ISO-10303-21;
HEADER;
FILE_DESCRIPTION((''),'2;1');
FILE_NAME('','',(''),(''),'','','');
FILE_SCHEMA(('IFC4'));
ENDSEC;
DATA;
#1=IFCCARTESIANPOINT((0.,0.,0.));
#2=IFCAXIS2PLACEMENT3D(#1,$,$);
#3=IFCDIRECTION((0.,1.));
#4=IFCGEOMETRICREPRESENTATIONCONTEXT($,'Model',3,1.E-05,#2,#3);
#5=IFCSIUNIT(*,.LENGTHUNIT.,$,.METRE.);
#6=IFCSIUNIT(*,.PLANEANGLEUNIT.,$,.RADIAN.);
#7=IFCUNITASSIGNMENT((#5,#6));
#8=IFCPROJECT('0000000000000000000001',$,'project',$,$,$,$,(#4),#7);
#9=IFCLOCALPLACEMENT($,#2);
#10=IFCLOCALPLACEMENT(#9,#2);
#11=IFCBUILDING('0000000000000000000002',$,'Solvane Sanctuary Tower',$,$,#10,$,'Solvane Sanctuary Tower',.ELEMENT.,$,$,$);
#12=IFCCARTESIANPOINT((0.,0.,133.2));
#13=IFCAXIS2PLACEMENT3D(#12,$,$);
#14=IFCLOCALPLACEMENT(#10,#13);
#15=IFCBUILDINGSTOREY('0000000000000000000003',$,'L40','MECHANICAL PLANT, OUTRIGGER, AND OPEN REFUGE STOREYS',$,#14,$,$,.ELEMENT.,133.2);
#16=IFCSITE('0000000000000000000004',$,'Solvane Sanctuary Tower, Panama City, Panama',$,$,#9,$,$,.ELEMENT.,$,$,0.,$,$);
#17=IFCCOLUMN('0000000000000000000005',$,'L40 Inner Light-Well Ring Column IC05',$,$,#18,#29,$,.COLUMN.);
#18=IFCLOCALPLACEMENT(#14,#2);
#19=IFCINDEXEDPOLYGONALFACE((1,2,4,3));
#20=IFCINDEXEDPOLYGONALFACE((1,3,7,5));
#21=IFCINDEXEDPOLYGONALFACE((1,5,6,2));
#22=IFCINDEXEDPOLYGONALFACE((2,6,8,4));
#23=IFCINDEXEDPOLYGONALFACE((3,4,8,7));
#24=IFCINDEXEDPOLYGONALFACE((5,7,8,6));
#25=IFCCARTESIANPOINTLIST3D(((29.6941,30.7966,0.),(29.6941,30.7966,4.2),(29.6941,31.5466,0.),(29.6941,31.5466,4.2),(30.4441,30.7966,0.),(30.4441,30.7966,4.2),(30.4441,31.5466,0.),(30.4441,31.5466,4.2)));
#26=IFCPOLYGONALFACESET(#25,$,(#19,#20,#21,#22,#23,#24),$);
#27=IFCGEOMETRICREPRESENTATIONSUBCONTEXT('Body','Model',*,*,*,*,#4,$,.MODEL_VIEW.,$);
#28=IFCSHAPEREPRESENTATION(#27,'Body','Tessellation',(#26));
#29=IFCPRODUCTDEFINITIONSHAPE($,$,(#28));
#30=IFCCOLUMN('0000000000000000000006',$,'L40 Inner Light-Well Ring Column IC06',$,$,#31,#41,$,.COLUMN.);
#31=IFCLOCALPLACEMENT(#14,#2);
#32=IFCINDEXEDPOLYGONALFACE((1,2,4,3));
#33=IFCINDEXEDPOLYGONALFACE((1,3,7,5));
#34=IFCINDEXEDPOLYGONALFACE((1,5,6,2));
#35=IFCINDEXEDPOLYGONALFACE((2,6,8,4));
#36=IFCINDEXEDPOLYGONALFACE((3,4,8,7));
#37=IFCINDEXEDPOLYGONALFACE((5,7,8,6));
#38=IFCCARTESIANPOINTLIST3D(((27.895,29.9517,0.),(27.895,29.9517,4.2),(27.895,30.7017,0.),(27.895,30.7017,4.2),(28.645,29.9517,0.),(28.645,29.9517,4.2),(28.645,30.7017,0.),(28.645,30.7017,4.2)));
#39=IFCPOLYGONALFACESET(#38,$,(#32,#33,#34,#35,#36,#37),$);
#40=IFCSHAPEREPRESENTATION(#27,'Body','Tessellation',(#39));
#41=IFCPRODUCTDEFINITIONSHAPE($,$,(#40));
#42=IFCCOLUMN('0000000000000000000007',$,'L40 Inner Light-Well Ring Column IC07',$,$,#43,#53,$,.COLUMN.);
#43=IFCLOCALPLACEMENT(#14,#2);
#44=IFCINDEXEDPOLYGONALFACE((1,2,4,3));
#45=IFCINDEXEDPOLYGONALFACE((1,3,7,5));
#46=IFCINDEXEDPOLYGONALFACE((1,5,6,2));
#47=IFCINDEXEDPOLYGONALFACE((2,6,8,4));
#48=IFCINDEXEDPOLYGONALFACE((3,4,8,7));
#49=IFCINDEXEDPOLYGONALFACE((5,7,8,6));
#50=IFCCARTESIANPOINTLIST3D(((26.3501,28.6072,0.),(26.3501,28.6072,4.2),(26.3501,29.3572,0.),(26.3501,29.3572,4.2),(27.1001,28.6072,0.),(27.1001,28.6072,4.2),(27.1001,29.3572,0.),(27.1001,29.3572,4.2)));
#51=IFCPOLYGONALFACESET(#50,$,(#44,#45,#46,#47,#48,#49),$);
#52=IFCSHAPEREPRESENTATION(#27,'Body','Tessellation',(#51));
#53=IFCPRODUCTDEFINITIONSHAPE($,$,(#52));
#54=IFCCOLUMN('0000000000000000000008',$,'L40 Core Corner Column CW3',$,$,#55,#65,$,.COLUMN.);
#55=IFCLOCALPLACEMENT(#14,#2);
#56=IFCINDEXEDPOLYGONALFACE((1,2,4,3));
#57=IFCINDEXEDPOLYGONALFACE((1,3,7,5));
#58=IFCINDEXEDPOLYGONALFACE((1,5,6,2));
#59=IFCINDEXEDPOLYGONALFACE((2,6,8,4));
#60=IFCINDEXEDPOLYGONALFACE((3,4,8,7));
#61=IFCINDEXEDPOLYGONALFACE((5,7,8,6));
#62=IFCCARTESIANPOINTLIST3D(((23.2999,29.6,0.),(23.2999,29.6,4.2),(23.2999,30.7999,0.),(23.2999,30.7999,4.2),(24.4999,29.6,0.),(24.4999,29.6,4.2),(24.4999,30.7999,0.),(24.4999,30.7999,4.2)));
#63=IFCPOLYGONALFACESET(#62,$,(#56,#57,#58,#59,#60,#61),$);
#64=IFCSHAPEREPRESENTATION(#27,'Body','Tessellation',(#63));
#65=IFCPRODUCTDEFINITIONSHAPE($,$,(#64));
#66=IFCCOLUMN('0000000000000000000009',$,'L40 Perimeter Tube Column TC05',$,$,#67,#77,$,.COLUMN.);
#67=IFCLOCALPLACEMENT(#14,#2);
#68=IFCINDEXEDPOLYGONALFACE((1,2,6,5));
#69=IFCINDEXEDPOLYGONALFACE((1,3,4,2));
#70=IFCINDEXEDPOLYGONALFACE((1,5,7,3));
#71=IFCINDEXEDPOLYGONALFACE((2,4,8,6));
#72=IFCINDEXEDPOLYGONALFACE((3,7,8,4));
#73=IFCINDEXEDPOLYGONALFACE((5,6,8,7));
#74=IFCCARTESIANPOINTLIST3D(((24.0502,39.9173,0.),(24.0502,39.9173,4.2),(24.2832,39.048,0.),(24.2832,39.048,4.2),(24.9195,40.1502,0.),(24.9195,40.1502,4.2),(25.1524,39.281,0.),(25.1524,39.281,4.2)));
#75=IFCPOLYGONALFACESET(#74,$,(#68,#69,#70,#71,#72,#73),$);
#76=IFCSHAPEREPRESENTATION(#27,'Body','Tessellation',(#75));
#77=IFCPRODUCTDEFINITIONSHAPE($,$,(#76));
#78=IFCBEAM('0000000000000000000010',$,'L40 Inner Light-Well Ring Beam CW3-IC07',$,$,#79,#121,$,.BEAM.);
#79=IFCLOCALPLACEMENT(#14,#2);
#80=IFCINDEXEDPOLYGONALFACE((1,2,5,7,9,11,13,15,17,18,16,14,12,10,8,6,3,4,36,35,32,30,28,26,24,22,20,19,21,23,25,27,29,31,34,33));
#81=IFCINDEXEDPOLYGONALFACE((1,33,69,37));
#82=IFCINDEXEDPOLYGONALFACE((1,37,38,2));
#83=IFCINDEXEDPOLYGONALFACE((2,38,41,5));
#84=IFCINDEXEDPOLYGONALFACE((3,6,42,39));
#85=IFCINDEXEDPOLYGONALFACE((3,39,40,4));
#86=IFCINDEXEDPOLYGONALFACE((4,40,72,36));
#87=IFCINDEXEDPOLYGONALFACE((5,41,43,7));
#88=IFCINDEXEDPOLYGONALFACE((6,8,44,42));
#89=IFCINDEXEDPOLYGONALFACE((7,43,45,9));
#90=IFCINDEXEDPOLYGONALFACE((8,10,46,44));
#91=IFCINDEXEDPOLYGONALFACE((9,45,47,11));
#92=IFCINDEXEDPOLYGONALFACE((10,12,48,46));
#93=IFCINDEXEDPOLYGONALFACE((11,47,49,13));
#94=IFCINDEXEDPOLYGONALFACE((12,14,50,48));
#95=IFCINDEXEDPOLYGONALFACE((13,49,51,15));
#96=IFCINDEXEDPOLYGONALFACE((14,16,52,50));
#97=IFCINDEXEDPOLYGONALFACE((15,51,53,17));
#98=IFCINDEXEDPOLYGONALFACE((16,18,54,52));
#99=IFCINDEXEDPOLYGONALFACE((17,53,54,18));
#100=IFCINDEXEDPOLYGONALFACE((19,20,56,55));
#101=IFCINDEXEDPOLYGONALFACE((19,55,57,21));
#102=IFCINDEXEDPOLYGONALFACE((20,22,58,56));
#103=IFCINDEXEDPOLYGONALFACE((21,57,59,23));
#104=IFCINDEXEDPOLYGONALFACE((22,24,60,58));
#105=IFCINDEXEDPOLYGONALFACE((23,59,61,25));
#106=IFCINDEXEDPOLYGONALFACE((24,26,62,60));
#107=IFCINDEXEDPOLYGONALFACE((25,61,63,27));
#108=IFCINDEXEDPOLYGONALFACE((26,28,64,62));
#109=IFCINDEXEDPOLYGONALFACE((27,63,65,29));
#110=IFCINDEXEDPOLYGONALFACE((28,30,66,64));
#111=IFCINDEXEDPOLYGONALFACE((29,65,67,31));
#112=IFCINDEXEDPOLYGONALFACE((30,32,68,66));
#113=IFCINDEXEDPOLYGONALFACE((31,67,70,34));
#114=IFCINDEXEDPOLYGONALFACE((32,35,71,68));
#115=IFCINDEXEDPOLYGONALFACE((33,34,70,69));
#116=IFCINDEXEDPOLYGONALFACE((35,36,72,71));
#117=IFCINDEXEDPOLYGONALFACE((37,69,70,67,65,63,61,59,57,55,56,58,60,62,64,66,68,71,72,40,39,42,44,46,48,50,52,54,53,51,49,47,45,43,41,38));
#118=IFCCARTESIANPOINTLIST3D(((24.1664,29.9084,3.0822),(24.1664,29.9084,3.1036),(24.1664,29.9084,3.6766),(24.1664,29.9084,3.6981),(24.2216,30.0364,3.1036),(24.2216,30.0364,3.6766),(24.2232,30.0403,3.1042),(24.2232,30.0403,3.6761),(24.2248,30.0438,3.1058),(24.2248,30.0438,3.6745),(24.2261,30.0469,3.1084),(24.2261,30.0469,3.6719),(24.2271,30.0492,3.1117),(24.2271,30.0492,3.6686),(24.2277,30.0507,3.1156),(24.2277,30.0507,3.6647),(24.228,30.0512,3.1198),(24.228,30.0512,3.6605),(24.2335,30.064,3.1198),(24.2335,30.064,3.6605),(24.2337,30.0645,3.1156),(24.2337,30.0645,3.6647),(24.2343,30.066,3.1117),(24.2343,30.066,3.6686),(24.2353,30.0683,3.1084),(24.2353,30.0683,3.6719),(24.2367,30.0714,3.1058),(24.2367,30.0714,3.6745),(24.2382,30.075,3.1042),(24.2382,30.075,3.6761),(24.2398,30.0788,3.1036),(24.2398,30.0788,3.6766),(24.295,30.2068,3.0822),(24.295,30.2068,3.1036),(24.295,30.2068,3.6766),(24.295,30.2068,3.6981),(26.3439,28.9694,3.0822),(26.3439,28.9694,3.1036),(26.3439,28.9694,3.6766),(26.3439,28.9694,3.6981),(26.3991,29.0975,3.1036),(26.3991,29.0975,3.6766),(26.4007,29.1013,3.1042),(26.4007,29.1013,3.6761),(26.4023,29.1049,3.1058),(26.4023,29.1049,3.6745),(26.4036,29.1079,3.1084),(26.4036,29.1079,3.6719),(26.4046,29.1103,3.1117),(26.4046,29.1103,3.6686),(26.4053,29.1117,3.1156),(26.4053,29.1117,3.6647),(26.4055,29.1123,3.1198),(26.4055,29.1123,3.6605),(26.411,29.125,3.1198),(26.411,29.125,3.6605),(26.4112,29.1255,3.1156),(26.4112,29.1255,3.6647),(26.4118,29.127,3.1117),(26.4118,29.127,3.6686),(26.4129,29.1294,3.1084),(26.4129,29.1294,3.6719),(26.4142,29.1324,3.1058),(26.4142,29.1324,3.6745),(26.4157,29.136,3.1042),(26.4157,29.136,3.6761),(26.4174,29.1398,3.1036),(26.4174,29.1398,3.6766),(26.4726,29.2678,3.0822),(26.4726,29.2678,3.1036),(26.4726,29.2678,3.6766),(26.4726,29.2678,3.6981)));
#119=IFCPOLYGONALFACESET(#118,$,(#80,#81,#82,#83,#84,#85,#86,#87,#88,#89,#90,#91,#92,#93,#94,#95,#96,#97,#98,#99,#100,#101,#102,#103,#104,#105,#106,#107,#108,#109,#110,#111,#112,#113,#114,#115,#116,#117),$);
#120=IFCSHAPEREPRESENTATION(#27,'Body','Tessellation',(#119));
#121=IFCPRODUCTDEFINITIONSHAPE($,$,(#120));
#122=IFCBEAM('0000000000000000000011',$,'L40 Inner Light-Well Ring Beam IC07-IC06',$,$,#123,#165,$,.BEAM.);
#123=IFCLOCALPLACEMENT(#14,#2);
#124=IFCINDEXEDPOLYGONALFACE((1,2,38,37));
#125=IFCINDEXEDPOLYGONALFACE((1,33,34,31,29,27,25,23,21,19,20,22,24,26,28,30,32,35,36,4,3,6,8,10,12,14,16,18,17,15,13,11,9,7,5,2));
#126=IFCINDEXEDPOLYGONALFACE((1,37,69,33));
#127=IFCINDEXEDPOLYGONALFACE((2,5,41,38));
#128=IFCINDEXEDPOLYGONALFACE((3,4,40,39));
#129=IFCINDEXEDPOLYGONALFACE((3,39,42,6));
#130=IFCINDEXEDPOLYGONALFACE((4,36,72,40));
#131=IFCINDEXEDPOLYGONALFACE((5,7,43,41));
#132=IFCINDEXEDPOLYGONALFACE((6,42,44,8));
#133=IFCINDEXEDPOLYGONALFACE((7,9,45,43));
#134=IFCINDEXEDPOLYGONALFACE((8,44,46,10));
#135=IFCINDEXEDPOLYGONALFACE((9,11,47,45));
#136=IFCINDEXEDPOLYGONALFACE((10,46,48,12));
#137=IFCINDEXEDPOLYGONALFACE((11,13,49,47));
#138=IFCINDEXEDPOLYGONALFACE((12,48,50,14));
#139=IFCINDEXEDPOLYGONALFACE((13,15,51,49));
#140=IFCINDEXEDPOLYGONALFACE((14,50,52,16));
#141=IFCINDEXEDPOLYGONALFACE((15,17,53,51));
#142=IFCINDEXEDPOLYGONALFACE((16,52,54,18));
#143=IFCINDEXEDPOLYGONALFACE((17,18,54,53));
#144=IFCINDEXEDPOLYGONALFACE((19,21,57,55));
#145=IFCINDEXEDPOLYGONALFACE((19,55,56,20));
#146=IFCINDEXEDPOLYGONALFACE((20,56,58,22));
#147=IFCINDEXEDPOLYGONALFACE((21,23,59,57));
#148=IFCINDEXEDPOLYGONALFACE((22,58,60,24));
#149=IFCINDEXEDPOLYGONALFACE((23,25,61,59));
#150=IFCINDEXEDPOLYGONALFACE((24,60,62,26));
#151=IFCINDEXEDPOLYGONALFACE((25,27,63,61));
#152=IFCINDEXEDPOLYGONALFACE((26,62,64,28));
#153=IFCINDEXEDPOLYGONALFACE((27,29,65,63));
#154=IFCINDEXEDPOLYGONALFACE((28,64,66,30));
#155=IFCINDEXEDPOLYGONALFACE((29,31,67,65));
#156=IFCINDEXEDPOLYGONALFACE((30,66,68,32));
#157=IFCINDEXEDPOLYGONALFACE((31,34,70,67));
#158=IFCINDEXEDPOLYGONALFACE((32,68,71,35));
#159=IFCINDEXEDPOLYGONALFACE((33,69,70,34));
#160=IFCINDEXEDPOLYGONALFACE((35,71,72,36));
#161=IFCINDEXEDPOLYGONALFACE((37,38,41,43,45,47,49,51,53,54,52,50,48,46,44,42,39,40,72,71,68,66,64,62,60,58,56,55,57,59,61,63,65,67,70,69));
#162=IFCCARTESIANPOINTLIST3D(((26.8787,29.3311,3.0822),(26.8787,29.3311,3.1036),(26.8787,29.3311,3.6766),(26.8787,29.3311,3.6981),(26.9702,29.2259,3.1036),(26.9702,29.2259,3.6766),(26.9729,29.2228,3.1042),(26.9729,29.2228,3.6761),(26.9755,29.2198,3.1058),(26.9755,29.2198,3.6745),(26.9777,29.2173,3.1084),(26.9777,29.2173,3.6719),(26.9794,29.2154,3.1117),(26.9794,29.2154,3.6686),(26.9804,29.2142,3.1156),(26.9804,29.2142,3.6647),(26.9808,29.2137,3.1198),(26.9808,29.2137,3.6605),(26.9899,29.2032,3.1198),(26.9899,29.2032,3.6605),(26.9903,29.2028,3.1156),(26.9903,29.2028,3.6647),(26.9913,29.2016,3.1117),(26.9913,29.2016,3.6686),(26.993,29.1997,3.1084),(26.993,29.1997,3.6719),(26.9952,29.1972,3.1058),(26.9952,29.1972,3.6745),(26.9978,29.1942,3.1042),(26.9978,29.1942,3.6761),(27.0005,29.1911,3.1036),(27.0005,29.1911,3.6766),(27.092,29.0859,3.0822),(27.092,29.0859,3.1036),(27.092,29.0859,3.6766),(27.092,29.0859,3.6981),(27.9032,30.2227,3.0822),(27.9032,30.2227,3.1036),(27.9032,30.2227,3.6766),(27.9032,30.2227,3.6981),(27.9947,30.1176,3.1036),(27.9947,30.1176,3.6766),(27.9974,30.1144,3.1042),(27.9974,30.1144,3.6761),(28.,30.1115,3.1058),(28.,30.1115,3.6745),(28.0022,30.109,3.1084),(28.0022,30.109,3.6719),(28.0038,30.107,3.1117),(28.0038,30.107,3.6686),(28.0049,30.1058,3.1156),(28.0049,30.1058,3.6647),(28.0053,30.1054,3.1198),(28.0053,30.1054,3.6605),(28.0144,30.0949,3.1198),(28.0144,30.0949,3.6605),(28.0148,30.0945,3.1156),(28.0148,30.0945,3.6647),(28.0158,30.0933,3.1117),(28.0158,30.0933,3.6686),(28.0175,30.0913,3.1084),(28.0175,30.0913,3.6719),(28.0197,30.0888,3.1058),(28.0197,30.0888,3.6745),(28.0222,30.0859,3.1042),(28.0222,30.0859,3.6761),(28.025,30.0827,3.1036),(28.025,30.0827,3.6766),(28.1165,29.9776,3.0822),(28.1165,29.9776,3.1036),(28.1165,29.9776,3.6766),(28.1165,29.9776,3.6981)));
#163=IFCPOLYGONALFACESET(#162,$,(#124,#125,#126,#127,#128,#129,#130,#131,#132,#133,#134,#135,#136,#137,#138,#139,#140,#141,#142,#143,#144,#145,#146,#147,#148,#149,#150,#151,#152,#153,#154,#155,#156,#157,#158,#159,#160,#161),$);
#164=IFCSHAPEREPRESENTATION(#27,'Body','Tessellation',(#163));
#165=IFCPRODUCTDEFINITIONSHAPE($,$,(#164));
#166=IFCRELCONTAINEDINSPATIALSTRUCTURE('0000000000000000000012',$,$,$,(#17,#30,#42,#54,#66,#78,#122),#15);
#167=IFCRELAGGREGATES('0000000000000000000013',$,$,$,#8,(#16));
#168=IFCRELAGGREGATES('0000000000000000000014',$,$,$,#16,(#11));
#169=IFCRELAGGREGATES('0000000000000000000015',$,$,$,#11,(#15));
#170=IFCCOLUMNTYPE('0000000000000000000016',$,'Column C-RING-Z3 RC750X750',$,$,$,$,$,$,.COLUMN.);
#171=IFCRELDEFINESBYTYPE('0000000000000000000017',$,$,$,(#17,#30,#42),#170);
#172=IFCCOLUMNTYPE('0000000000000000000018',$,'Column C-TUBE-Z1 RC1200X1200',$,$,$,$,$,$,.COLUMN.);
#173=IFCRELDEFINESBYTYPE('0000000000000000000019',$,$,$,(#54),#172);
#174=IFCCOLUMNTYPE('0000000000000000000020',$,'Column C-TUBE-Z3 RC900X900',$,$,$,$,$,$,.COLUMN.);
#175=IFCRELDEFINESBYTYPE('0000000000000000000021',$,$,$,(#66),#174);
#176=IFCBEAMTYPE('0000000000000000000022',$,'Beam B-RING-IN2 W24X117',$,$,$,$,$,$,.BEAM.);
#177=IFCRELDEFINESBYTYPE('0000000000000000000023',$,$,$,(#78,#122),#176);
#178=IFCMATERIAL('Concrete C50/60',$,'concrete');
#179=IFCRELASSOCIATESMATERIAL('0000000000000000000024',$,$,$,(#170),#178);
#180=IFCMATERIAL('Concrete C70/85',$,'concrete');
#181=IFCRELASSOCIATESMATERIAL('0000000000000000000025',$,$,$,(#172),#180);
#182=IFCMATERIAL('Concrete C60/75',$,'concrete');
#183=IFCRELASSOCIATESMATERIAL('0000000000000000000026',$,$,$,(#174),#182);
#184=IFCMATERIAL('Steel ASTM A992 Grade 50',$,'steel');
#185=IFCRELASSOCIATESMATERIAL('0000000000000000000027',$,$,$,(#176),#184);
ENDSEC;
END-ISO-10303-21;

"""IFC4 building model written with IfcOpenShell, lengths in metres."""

from ifc_helpers import new_model, si_unit, direction, frame, origin, origin_2d, place, context, subcontext, project, spatial, rectangle, i_section, extrude, material, material_profile, profile_set, type_object, element, save


model = new_model("IFC4")

# Units and contexts
model_context = context("Model", 3, precision=1e-05, world=origin(), true_north=direction((0.0, 1.0)))
body_context = subcontext(model_context, "Body", "Model", "MODEL_VIEW")
ifc_project = project(units=[si_unit("LENGTHUNIT", "METRE"), si_unit("PLANEANGLEUNIT", "RADIAN")], contexts=[model_context])

# Site, building, storey
site_placement = place(None, origin())
site = spatial("IfcSite", under=ifc_project, at=site_placement, Name="Solvane Sanctuary Tower, Panama City, Panama", CompositionType="ELEMENT", RefElevation=0.0)
building_placement = place(site_placement, origin())
building = spatial("IfcBuilding", under=site, at=building_placement, Name="Solvane Sanctuary Tower", LongName="Solvane Sanctuary Tower", CompositionType="ELEMENT")
storey_placement = place(building_placement, frame((0.0, 0.0, 133.2)))
storey = spatial("IfcBuildingStorey", under=building, at=storey_placement, Name="L40", Description="MECHANICAL PLANT, OUTRIGGER, AND OPEN REFUGE STOREYS", CompositionType="ELEMENT", Elevation=133.2)

# Columns
ifc_material_1 = material(Name="Concrete C50/60", Category="concrete")
ifc_material_profile_1 = material_profile(ifc_material_1, rectangle(XDim=0.75, YDim=0.75, at=origin_2d()), Name="RC750X750")
ifc_profile_set_1 = profile_set([ifc_material_profile_1], Name="Concrete C50/60")
column_type_1 = type_object("IfcColumnType", Name="Column C-RING-Z3 RC750X750", PredefinedType="COLUMN", material=ifc_profile_set_1)
for number, where, z_axis, x_axis, name in (
    (1, (30.0691, 31.1716, 0.0), (0.0, 0.0, 1.0), (1.0, 0.0, 0.0), "L40 Inner Light-Well Ring Column IC05"),
    (2, (28.27, 30.3267, 0.0), (0.0, 0.0, 1.0), (1.0, 0.0, 0.0), "L40 Inner Light-Well Ring Column IC06"),
    (3, (26.7251, 28.9822, 0.0), (0.0, 0.0, 1.0), (1.0, 0.0, 0.0), "L40 Inner Light-Well Ring Column IC07"),
):
    element("IfcColumn", number, at=place(storey_placement, frame(where, z_axis=z_axis, x_axis=x_axis)), inside=storey, type_object=column_type_1, Name=name, PredefinedType="COLUMN", context=body_context, shape_type="SweptSolid", body=[
        extrude(rectangle(XDim=0.75, YDim=0.75, at=origin_2d()), origin(), (0.0, 0.0, 1.0), 4.2),
    ])
ifc_material_2 = material(Name="Concrete C70/85", Category="concrete")
ifc_material_profile_2 = material_profile(ifc_material_2, rectangle(XDim=1.2, YDim=1.2, at=origin_2d()), Name="RC1200X1200")
ifc_profile_set_2 = profile_set([ifc_material_profile_2], Name="Concrete C70/85")
column_type_2 = type_object("IfcColumnType", Name="Column C-TUBE-Z1 RC1200X1200", PredefinedType="COLUMN", material=ifc_profile_set_2)
column_1_placement = place(storey_placement, frame((23.8999, 30.2, 0.0), z_axis=(0.0, 0.0, 1.0), x_axis=(1.0, 0.0, 0.0)))
element("IfcColumn", 4, at=column_1_placement, inside=storey, type_object=column_type_2, Name="L40 Core Corner Column CW3", PredefinedType="COLUMN", context=body_context, shape_type="SweptSolid", body=[
    extrude(rectangle(XDim=1.2, YDim=1.2, at=origin_2d()), origin(), (0.0, 0.0, 1.0), 4.2),
])
ifc_material_3 = material(Name="Concrete C60/75", Category="concrete")
ifc_material_profile_3 = material_profile(ifc_material_3, rectangle(XDim=0.8999, YDim=0.8999, at=origin_2d()), Name="RC900X900")
ifc_profile_set_3 = profile_set([ifc_material_profile_3], Name="Concrete C60/75")
column_type_3 = type_object("IfcColumnType", Name="Column C-TUBE-Z3 RC900X900", PredefinedType="COLUMN", material=ifc_profile_set_3)
column_2_placement = place(storey_placement, frame((24.6013, 39.5991, 0.0), z_axis=(0.0, 0.0, 1.0), x_axis=(-0.258819, 0.965926, 0.0)))
element("IfcColumn", 5, at=column_2_placement, inside=storey, type_object=column_type_3, Name="L40 Perimeter Tube Column TC05", PredefinedType="COLUMN", context=body_context, shape_type="SweptSolid", body=[
    extrude(rectangle(XDim=0.8999, YDim=0.8999, at=origin_2d()), origin(), (0.0, 0.0, 1.0), 4.2),
])

# Beams
ifc_material_4 = material(Name="Steel ASTM A992 Grade 50", Category="steel")
ifc_material_profile_4 = material_profile(ifc_material_4, i_section(OverallWidth=0.325, OverallDepth=0.616, WebThickness=0.0139, FlangeThickness=0.0215, FilletRadius=0.0161, at=origin_2d()), Name="W24X117")
ifc_profile_set_4 = profile_set([ifc_material_profile_4], Name="Steel ASTM A992 Grade 50")
beam_type_1 = type_object("IfcBeamType", Name="Beam B-RING-IN2 W24X117", PredefinedType="BEAM", material=ifc_profile_set_4)
beam_1_placement = place(storey_placement, frame((24.2307, 30.0576, 3.3901), z_axis=(0.918264, -0.395969, 0.0), x_axis=(0.395969, 0.918264, 0.0)))
element("IfcBeam", 6, at=beam_1_placement, inside=storey, type_object=beam_type_1, Name="L40 Inner Light-Well Ring Beam CW3-IC07", PredefinedType="BEAM", context=body_context, shape_type="SweptSolid", body=[
    extrude(i_section(OverallWidth=0.325, OverallDepth=0.616, WebThickness=0.0139, FlangeThickness=0.0215, FilletRadius=0.0161, at=origin_2d()), origin(), (0.0, 0.0, 1.0), 2.3713),
])
beam_2_placement = place(storey_placement, frame((26.9854, 29.2085, 3.3901), z_axis=(0.754311, 0.656517, 0.0), x_axis=(-0.656517, 0.754311, 0.0)))
element("IfcBeam", 7, at=beam_2_placement, inside=storey, type_object=beam_type_1, Name="L40 Inner Light-Well Ring Beam IC07-IC06", PredefinedType="BEAM", context=body_context, shape_type="SweptSolid", body=[
    extrude(i_section(OverallWidth=0.325, OverallDepth=0.616, WebThickness=0.0139, FlangeThickness=0.0215, FilletRadius=0.0161, at=origin_2d()), origin(), (0.0, 0.0, 1.0), 1.3582),
])

save(model, "model.ifc")
